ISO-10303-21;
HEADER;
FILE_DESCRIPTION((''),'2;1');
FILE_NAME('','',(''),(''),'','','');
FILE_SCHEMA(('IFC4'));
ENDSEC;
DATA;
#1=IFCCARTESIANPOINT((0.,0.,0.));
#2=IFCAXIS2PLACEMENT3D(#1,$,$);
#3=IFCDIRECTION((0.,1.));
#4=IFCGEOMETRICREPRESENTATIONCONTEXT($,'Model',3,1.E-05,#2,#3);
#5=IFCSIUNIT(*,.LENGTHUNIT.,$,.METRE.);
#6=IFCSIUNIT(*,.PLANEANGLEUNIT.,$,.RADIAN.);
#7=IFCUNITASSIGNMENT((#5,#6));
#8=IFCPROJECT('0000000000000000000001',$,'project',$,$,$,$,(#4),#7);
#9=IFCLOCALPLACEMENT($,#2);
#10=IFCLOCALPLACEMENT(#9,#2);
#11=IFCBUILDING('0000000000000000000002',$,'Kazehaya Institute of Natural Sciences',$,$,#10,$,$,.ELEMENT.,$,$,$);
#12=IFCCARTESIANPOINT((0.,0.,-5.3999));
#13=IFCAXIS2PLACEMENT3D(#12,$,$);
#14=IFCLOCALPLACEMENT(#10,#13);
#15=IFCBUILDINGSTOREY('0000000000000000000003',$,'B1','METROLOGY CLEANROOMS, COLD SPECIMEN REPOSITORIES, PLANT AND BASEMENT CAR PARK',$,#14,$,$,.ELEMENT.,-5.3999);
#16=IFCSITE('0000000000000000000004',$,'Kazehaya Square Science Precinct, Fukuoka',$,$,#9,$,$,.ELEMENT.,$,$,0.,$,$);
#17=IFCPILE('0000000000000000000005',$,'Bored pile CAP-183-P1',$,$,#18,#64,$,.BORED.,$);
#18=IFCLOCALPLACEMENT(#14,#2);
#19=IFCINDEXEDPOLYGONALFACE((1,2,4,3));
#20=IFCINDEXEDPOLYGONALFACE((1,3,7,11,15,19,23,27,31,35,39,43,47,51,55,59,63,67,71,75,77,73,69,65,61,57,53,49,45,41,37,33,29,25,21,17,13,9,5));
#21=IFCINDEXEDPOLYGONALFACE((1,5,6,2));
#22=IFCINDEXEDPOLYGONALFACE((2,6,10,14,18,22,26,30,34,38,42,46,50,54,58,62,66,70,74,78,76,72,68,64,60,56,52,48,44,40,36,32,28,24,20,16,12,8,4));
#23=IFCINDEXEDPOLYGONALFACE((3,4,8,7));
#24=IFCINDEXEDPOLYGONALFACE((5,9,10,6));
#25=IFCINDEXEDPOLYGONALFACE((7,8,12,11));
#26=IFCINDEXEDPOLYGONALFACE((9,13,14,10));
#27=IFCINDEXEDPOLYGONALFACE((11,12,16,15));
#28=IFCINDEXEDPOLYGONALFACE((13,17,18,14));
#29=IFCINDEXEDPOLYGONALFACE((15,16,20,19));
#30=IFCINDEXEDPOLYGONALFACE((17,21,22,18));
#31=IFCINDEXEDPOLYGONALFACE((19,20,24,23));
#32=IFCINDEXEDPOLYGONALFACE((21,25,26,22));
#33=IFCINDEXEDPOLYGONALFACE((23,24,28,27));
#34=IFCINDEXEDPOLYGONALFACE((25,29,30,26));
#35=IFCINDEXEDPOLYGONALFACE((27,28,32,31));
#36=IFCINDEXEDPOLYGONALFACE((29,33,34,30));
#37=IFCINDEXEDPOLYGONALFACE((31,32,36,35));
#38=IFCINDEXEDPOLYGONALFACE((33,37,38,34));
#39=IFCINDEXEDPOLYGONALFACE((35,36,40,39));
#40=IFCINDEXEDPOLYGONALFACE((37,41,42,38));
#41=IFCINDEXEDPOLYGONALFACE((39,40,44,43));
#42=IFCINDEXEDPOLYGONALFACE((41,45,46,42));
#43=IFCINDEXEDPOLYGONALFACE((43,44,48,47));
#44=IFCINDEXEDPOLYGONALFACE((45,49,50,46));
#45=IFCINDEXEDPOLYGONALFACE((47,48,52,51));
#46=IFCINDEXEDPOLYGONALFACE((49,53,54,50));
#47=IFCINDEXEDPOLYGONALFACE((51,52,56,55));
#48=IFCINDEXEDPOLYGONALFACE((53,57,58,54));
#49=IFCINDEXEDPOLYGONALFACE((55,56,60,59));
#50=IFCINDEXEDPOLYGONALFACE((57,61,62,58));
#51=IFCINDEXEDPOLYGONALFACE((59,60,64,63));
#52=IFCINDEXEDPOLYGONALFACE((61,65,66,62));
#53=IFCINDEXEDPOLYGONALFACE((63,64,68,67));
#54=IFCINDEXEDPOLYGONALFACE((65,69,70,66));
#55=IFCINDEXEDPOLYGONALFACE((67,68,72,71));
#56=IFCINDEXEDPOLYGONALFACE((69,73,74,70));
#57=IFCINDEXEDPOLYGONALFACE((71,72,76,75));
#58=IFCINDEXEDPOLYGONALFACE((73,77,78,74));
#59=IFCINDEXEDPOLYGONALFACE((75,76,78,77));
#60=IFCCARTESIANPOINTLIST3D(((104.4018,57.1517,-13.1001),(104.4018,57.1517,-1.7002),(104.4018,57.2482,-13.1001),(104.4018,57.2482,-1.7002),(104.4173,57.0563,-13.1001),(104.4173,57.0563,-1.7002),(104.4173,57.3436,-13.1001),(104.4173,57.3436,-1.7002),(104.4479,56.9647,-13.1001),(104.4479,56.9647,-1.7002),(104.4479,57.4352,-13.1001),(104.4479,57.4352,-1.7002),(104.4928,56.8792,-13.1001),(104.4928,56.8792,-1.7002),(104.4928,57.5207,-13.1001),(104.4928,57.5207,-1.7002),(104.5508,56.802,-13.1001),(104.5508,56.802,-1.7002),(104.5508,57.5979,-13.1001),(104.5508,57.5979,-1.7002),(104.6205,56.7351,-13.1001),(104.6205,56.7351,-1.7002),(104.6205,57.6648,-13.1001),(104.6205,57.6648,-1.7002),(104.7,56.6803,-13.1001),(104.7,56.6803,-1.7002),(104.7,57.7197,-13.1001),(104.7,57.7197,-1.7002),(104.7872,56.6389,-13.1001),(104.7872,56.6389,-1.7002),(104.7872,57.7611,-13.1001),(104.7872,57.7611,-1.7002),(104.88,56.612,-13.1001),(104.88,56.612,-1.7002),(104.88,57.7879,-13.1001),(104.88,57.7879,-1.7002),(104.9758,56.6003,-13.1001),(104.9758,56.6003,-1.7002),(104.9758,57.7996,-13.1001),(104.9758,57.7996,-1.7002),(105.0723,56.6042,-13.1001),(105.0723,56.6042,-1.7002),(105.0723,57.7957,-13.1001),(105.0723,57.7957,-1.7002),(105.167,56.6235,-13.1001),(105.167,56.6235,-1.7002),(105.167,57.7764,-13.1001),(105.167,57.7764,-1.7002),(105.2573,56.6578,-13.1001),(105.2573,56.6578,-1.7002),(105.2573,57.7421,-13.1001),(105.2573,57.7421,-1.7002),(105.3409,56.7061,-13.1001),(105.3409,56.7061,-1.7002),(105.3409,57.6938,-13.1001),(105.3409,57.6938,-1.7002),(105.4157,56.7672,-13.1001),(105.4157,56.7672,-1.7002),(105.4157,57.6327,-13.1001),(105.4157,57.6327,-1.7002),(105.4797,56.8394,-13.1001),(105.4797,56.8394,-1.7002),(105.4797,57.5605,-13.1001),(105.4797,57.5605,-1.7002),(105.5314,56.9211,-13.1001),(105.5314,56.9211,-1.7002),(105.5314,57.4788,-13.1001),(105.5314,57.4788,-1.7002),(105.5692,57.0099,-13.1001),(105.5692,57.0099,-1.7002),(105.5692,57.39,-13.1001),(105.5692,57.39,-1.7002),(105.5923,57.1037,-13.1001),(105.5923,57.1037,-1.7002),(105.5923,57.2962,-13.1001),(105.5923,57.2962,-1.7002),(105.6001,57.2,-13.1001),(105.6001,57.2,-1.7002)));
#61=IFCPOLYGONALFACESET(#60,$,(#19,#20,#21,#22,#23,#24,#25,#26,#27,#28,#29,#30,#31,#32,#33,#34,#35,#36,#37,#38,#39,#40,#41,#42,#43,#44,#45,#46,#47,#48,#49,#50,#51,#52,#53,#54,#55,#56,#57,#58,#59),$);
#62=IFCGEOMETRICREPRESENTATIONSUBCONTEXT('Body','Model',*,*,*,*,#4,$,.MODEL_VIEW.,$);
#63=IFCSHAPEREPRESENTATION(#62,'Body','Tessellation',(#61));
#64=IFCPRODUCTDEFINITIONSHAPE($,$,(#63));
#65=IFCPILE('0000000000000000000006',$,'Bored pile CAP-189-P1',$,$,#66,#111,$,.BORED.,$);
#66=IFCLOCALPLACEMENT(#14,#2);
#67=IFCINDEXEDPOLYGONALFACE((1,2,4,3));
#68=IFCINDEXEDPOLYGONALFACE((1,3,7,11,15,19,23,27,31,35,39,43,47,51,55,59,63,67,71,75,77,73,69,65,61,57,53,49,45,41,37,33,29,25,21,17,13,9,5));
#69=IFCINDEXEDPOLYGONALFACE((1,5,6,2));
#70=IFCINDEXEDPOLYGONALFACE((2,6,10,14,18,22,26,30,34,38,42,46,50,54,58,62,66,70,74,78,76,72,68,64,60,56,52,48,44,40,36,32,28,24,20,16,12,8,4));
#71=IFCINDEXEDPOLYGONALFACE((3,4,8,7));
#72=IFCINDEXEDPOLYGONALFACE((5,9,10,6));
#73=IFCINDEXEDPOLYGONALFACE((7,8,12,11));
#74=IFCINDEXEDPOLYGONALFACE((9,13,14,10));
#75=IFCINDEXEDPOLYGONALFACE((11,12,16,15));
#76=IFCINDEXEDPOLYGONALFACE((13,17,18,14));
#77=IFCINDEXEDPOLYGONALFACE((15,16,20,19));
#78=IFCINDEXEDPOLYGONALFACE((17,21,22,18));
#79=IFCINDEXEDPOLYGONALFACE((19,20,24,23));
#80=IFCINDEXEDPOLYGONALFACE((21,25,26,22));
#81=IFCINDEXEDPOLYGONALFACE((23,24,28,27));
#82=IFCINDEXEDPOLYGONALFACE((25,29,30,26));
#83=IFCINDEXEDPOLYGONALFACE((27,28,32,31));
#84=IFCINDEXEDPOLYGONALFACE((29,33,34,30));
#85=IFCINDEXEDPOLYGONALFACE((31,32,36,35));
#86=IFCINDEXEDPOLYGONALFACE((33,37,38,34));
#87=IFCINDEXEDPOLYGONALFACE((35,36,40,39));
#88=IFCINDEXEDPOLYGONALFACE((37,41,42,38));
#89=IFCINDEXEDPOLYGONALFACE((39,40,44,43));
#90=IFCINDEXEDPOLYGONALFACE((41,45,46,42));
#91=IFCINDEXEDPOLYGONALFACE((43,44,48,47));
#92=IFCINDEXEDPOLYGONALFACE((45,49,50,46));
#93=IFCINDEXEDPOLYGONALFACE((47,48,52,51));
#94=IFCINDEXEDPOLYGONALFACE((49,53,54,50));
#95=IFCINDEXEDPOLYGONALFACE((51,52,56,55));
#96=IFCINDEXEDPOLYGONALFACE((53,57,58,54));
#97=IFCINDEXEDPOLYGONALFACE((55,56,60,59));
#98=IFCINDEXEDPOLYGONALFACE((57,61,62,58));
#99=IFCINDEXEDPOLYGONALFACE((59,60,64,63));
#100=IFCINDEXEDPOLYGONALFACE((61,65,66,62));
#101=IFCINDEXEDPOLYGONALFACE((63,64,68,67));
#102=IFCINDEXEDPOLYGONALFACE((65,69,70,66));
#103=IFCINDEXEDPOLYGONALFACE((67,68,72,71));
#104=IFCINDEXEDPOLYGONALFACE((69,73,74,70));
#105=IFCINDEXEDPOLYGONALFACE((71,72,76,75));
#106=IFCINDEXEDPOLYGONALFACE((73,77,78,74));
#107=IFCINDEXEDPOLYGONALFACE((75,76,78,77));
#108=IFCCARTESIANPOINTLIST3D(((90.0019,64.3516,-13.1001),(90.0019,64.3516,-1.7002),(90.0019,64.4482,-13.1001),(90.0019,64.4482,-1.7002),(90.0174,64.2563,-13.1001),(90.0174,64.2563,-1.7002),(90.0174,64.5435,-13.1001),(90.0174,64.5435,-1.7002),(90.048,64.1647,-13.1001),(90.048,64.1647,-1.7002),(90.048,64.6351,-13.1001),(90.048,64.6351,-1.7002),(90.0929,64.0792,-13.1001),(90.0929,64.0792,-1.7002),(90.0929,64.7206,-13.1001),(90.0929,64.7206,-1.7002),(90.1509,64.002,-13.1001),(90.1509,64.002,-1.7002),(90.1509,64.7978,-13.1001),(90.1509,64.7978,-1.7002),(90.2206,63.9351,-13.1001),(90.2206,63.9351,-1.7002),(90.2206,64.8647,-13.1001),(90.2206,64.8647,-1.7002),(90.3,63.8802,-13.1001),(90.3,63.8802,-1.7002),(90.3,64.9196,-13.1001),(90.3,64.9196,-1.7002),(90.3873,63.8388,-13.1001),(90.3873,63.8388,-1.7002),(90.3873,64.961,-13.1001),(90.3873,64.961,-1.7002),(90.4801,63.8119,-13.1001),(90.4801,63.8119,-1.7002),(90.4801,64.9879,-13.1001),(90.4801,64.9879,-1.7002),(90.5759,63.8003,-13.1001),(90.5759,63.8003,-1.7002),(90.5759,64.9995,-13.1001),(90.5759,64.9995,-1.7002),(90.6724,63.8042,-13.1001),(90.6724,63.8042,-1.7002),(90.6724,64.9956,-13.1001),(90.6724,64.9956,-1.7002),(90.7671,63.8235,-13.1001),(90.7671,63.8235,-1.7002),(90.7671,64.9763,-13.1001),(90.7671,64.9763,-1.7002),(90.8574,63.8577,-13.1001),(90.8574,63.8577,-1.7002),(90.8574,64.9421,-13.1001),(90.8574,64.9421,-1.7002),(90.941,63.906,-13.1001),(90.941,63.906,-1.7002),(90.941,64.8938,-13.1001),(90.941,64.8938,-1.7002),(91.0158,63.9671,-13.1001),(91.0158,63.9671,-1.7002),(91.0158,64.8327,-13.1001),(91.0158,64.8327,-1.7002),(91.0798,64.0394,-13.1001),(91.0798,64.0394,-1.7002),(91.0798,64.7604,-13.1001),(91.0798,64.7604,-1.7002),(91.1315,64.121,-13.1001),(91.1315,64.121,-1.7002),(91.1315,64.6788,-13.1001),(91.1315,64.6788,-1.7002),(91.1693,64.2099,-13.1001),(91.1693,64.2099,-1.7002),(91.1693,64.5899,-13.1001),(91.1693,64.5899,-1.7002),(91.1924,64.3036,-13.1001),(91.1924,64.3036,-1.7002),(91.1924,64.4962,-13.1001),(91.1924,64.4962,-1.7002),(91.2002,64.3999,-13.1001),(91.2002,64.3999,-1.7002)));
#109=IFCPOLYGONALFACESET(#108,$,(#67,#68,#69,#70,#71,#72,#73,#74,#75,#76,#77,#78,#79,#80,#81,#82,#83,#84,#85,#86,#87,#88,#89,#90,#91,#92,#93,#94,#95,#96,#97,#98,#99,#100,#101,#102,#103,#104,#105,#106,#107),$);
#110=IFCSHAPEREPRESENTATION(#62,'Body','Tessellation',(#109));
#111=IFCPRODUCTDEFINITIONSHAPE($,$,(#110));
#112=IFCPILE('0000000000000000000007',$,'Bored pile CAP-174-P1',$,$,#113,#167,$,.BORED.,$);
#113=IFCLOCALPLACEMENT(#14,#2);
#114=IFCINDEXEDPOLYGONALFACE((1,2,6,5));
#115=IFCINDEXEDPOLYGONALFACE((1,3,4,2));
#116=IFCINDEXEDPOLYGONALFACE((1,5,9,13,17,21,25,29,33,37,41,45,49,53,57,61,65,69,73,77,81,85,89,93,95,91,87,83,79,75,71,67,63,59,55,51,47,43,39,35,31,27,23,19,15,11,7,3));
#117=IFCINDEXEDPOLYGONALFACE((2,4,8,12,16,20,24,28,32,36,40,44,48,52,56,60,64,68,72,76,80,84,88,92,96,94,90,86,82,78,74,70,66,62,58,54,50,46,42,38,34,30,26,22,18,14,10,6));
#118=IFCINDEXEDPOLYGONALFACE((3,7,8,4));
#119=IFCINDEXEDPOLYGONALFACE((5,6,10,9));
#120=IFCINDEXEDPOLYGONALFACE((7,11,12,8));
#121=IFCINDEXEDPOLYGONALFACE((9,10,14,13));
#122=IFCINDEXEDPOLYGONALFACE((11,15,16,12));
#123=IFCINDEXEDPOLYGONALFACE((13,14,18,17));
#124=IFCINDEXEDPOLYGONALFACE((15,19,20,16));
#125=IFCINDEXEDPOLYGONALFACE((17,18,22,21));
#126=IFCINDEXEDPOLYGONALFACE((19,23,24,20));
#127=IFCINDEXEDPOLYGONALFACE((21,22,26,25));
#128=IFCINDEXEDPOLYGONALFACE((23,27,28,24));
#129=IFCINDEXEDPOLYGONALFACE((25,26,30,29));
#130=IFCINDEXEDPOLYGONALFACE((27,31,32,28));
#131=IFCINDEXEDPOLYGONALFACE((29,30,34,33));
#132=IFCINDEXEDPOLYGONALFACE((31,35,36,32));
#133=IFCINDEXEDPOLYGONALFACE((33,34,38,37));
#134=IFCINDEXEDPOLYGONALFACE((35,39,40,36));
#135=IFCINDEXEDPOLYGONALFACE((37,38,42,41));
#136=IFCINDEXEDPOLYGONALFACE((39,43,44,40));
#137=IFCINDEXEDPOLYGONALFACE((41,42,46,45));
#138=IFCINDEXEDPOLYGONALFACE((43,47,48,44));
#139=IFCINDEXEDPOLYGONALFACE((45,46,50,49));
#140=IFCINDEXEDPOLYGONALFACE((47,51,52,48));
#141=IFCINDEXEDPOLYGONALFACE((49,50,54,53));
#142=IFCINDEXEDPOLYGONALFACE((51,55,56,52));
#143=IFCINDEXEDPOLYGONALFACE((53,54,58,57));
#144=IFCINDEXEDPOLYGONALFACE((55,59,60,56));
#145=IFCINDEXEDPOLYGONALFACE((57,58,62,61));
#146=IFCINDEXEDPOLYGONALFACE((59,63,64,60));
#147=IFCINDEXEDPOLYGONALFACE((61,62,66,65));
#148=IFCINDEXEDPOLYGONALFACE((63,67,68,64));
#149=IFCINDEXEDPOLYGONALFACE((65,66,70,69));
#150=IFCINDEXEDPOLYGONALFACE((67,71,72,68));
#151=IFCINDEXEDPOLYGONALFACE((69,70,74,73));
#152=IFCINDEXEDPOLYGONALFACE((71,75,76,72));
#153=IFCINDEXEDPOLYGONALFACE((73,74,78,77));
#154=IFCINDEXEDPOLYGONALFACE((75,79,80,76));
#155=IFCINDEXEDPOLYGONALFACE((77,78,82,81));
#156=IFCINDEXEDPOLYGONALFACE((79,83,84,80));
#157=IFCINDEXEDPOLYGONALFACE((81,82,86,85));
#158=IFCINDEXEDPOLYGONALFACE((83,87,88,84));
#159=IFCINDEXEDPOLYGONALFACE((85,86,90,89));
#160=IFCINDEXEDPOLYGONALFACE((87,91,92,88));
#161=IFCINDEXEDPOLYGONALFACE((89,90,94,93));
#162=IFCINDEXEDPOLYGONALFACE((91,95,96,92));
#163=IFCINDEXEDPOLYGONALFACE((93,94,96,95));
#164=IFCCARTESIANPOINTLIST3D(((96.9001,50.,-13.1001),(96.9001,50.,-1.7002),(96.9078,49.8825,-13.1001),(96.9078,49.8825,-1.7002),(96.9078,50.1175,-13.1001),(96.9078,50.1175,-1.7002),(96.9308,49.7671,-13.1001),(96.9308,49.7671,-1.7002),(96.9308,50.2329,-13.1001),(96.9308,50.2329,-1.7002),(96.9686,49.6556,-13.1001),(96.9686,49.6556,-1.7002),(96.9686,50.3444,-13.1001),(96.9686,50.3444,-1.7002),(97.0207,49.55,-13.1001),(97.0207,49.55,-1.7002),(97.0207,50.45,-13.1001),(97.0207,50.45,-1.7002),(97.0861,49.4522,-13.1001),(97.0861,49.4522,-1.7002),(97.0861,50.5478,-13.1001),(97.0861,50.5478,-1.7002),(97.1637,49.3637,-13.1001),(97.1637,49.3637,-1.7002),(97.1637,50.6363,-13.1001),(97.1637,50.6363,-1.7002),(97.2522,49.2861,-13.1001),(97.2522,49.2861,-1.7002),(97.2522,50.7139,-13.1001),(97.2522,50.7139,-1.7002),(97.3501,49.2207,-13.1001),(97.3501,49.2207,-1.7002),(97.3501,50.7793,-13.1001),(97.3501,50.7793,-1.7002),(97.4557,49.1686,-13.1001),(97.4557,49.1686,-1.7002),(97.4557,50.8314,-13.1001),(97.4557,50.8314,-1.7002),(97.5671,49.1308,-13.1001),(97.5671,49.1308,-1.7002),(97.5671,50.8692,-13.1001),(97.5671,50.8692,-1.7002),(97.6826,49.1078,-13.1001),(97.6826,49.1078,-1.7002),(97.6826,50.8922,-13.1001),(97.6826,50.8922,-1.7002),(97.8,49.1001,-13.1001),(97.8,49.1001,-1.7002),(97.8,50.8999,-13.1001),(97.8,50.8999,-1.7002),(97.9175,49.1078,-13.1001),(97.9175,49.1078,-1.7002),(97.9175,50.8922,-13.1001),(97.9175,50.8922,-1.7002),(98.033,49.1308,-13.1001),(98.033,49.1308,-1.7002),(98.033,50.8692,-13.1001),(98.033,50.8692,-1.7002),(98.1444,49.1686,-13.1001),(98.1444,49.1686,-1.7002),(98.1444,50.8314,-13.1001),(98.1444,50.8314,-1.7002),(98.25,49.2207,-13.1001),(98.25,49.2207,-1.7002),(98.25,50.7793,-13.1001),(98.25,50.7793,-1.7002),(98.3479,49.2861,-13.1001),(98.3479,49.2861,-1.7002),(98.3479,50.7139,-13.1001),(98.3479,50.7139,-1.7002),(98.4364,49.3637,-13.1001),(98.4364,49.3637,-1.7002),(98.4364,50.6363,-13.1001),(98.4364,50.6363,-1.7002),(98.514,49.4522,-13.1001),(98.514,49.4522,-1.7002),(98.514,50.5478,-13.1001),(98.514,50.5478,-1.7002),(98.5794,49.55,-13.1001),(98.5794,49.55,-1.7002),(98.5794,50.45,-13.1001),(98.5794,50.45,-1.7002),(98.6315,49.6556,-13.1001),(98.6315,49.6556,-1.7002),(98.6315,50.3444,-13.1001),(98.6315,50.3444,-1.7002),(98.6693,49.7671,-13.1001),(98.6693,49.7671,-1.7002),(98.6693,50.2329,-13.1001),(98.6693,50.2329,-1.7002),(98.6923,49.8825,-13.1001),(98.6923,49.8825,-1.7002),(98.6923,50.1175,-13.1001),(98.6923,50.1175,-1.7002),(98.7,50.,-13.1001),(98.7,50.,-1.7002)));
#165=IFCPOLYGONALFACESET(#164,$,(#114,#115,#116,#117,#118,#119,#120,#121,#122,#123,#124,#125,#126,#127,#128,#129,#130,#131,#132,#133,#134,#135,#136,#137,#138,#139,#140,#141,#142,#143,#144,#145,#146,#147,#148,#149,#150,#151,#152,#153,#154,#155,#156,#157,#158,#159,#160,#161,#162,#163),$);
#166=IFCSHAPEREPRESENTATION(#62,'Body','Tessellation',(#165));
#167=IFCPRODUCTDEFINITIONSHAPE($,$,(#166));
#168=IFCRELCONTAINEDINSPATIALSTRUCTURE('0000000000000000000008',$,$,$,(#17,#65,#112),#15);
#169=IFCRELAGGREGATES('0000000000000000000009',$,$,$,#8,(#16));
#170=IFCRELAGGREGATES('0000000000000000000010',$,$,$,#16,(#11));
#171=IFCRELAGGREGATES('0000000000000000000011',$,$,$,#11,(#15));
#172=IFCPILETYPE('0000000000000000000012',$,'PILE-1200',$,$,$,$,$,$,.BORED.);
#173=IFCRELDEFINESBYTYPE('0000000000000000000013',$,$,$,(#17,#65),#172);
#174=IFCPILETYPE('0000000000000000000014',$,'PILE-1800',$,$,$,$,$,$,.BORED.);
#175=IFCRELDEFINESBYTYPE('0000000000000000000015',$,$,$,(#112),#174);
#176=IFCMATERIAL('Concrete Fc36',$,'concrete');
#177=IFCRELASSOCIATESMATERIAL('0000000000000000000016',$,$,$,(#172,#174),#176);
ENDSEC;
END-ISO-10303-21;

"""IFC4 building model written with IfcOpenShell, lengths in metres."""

from ifc_helpers import new_model, si_unit, direction, frame, origin, origin_2d, place, context, subcontext, project, spatial, circle, extrude, material, material_profile, profile_set, type_object, element, save


model = new_model("IFC4")

# Units and contexts
model_context = context("Model", 3, precision=1e-05, world=origin(), true_north=direction((0.0, 1.0)))
body_context = subcontext(model_context, "Body", "Model", "MODEL_VIEW")
ifc_project = project(units=[si_unit("LENGTHUNIT", "METRE"), si_unit("PLANEANGLEUNIT", "RADIAN")], contexts=[model_context])

# Site, building, storey
site_placement = place(None, origin())
site = spatial("IfcSite", under=ifc_project, at=site_placement, Name="Kazehaya Square Science Precinct, Fukuoka", CompositionType="ELEMENT", RefElevation=0.0)
building_placement = place(site_placement, origin())
building = spatial("IfcBuilding", under=site, at=building_placement, Name="Kazehaya Institute of Natural Sciences", CompositionType="ELEMENT")
storey_placement = place(building_placement, frame((0.0, 0.0, -5.3999)))
storey = spatial("IfcBuildingStorey", under=building, at=storey_placement, Name="B1", Description="METROLOGY CLEANROOMS, COLD SPECIMEN REPOSITORIES, PLANT AND BASEMENT CAR PARK", CompositionType="ELEMENT", Elevation=-5.3999)

# Shared definitions
ifc_material_1 = material(Name="Concrete Fc36", Category="concrete")

# Piles
ifc_material_profile_1 = material_profile(ifc_material_1, circle(Radius=0.6001, at=origin_2d()), Name="PILE-1200")
ifc_profile_set_1 = profile_set([ifc_material_profile_1], Name="Concrete Fc36")
pile_type_1 = type_object("IfcPileType", Name="PILE-1200", PredefinedType="BORED", material=ifc_profile_set_1)
for number, where, z_axis, x_axis, name in (
    (1, (105.0, 57.2, -1.7002), (0.0, 0.0, -1.0), (1.0, 0.0, 0.0), "Bored pile CAP-183-P1"),
    (2, (90.6001, 64.3999, -1.7002), (0.0, 0.0, -1.0), (1.0, 0.0, 0.0), "Bored pile CAP-189-P1"),
):
    element("IfcPile", number, at=place(storey_placement, frame(where, z_axis=z_axis, x_axis=x_axis)), inside=storey, type_object=pile_type_1, Name=name, PredefinedType="BORED", context=body_context, shape_type="SweptSolid", body=[
        extrude(circle(Radius=0.6001, at=origin_2d()), origin(), (0.0, 0.0, 1.0), 11.3999),
    ])
ifc_material_profile_2 = material_profile(ifc_material_1, circle(Radius=0.8999, at=origin_2d()), Name="PILE-1800")
ifc_profile_set_2 = profile_set([ifc_material_profile_2], Name="Concrete Fc36")
pile_type_2 = type_object("IfcPileType", Name="PILE-1800", PredefinedType="BORED", material=ifc_profile_set_2)
pile_placement = place(storey_placement, frame((97.8, 50.0, -1.7002), z_axis=(0.0, 0.0, -1.0), x_axis=(1.0, 0.0, 0.0)))
element("IfcPile", 3, at=pile_placement, inside=storey, type_object=pile_type_2, Name="Bored pile CAP-174-P1", PredefinedType="BORED", context=body_context, shape_type="SweptSolid", body=[
    extrude(circle(Radius=0.8999, at=origin_2d()), origin(), (0.0, 0.0, 1.0), 11.3999),
])

save(model, "model.ifc")
